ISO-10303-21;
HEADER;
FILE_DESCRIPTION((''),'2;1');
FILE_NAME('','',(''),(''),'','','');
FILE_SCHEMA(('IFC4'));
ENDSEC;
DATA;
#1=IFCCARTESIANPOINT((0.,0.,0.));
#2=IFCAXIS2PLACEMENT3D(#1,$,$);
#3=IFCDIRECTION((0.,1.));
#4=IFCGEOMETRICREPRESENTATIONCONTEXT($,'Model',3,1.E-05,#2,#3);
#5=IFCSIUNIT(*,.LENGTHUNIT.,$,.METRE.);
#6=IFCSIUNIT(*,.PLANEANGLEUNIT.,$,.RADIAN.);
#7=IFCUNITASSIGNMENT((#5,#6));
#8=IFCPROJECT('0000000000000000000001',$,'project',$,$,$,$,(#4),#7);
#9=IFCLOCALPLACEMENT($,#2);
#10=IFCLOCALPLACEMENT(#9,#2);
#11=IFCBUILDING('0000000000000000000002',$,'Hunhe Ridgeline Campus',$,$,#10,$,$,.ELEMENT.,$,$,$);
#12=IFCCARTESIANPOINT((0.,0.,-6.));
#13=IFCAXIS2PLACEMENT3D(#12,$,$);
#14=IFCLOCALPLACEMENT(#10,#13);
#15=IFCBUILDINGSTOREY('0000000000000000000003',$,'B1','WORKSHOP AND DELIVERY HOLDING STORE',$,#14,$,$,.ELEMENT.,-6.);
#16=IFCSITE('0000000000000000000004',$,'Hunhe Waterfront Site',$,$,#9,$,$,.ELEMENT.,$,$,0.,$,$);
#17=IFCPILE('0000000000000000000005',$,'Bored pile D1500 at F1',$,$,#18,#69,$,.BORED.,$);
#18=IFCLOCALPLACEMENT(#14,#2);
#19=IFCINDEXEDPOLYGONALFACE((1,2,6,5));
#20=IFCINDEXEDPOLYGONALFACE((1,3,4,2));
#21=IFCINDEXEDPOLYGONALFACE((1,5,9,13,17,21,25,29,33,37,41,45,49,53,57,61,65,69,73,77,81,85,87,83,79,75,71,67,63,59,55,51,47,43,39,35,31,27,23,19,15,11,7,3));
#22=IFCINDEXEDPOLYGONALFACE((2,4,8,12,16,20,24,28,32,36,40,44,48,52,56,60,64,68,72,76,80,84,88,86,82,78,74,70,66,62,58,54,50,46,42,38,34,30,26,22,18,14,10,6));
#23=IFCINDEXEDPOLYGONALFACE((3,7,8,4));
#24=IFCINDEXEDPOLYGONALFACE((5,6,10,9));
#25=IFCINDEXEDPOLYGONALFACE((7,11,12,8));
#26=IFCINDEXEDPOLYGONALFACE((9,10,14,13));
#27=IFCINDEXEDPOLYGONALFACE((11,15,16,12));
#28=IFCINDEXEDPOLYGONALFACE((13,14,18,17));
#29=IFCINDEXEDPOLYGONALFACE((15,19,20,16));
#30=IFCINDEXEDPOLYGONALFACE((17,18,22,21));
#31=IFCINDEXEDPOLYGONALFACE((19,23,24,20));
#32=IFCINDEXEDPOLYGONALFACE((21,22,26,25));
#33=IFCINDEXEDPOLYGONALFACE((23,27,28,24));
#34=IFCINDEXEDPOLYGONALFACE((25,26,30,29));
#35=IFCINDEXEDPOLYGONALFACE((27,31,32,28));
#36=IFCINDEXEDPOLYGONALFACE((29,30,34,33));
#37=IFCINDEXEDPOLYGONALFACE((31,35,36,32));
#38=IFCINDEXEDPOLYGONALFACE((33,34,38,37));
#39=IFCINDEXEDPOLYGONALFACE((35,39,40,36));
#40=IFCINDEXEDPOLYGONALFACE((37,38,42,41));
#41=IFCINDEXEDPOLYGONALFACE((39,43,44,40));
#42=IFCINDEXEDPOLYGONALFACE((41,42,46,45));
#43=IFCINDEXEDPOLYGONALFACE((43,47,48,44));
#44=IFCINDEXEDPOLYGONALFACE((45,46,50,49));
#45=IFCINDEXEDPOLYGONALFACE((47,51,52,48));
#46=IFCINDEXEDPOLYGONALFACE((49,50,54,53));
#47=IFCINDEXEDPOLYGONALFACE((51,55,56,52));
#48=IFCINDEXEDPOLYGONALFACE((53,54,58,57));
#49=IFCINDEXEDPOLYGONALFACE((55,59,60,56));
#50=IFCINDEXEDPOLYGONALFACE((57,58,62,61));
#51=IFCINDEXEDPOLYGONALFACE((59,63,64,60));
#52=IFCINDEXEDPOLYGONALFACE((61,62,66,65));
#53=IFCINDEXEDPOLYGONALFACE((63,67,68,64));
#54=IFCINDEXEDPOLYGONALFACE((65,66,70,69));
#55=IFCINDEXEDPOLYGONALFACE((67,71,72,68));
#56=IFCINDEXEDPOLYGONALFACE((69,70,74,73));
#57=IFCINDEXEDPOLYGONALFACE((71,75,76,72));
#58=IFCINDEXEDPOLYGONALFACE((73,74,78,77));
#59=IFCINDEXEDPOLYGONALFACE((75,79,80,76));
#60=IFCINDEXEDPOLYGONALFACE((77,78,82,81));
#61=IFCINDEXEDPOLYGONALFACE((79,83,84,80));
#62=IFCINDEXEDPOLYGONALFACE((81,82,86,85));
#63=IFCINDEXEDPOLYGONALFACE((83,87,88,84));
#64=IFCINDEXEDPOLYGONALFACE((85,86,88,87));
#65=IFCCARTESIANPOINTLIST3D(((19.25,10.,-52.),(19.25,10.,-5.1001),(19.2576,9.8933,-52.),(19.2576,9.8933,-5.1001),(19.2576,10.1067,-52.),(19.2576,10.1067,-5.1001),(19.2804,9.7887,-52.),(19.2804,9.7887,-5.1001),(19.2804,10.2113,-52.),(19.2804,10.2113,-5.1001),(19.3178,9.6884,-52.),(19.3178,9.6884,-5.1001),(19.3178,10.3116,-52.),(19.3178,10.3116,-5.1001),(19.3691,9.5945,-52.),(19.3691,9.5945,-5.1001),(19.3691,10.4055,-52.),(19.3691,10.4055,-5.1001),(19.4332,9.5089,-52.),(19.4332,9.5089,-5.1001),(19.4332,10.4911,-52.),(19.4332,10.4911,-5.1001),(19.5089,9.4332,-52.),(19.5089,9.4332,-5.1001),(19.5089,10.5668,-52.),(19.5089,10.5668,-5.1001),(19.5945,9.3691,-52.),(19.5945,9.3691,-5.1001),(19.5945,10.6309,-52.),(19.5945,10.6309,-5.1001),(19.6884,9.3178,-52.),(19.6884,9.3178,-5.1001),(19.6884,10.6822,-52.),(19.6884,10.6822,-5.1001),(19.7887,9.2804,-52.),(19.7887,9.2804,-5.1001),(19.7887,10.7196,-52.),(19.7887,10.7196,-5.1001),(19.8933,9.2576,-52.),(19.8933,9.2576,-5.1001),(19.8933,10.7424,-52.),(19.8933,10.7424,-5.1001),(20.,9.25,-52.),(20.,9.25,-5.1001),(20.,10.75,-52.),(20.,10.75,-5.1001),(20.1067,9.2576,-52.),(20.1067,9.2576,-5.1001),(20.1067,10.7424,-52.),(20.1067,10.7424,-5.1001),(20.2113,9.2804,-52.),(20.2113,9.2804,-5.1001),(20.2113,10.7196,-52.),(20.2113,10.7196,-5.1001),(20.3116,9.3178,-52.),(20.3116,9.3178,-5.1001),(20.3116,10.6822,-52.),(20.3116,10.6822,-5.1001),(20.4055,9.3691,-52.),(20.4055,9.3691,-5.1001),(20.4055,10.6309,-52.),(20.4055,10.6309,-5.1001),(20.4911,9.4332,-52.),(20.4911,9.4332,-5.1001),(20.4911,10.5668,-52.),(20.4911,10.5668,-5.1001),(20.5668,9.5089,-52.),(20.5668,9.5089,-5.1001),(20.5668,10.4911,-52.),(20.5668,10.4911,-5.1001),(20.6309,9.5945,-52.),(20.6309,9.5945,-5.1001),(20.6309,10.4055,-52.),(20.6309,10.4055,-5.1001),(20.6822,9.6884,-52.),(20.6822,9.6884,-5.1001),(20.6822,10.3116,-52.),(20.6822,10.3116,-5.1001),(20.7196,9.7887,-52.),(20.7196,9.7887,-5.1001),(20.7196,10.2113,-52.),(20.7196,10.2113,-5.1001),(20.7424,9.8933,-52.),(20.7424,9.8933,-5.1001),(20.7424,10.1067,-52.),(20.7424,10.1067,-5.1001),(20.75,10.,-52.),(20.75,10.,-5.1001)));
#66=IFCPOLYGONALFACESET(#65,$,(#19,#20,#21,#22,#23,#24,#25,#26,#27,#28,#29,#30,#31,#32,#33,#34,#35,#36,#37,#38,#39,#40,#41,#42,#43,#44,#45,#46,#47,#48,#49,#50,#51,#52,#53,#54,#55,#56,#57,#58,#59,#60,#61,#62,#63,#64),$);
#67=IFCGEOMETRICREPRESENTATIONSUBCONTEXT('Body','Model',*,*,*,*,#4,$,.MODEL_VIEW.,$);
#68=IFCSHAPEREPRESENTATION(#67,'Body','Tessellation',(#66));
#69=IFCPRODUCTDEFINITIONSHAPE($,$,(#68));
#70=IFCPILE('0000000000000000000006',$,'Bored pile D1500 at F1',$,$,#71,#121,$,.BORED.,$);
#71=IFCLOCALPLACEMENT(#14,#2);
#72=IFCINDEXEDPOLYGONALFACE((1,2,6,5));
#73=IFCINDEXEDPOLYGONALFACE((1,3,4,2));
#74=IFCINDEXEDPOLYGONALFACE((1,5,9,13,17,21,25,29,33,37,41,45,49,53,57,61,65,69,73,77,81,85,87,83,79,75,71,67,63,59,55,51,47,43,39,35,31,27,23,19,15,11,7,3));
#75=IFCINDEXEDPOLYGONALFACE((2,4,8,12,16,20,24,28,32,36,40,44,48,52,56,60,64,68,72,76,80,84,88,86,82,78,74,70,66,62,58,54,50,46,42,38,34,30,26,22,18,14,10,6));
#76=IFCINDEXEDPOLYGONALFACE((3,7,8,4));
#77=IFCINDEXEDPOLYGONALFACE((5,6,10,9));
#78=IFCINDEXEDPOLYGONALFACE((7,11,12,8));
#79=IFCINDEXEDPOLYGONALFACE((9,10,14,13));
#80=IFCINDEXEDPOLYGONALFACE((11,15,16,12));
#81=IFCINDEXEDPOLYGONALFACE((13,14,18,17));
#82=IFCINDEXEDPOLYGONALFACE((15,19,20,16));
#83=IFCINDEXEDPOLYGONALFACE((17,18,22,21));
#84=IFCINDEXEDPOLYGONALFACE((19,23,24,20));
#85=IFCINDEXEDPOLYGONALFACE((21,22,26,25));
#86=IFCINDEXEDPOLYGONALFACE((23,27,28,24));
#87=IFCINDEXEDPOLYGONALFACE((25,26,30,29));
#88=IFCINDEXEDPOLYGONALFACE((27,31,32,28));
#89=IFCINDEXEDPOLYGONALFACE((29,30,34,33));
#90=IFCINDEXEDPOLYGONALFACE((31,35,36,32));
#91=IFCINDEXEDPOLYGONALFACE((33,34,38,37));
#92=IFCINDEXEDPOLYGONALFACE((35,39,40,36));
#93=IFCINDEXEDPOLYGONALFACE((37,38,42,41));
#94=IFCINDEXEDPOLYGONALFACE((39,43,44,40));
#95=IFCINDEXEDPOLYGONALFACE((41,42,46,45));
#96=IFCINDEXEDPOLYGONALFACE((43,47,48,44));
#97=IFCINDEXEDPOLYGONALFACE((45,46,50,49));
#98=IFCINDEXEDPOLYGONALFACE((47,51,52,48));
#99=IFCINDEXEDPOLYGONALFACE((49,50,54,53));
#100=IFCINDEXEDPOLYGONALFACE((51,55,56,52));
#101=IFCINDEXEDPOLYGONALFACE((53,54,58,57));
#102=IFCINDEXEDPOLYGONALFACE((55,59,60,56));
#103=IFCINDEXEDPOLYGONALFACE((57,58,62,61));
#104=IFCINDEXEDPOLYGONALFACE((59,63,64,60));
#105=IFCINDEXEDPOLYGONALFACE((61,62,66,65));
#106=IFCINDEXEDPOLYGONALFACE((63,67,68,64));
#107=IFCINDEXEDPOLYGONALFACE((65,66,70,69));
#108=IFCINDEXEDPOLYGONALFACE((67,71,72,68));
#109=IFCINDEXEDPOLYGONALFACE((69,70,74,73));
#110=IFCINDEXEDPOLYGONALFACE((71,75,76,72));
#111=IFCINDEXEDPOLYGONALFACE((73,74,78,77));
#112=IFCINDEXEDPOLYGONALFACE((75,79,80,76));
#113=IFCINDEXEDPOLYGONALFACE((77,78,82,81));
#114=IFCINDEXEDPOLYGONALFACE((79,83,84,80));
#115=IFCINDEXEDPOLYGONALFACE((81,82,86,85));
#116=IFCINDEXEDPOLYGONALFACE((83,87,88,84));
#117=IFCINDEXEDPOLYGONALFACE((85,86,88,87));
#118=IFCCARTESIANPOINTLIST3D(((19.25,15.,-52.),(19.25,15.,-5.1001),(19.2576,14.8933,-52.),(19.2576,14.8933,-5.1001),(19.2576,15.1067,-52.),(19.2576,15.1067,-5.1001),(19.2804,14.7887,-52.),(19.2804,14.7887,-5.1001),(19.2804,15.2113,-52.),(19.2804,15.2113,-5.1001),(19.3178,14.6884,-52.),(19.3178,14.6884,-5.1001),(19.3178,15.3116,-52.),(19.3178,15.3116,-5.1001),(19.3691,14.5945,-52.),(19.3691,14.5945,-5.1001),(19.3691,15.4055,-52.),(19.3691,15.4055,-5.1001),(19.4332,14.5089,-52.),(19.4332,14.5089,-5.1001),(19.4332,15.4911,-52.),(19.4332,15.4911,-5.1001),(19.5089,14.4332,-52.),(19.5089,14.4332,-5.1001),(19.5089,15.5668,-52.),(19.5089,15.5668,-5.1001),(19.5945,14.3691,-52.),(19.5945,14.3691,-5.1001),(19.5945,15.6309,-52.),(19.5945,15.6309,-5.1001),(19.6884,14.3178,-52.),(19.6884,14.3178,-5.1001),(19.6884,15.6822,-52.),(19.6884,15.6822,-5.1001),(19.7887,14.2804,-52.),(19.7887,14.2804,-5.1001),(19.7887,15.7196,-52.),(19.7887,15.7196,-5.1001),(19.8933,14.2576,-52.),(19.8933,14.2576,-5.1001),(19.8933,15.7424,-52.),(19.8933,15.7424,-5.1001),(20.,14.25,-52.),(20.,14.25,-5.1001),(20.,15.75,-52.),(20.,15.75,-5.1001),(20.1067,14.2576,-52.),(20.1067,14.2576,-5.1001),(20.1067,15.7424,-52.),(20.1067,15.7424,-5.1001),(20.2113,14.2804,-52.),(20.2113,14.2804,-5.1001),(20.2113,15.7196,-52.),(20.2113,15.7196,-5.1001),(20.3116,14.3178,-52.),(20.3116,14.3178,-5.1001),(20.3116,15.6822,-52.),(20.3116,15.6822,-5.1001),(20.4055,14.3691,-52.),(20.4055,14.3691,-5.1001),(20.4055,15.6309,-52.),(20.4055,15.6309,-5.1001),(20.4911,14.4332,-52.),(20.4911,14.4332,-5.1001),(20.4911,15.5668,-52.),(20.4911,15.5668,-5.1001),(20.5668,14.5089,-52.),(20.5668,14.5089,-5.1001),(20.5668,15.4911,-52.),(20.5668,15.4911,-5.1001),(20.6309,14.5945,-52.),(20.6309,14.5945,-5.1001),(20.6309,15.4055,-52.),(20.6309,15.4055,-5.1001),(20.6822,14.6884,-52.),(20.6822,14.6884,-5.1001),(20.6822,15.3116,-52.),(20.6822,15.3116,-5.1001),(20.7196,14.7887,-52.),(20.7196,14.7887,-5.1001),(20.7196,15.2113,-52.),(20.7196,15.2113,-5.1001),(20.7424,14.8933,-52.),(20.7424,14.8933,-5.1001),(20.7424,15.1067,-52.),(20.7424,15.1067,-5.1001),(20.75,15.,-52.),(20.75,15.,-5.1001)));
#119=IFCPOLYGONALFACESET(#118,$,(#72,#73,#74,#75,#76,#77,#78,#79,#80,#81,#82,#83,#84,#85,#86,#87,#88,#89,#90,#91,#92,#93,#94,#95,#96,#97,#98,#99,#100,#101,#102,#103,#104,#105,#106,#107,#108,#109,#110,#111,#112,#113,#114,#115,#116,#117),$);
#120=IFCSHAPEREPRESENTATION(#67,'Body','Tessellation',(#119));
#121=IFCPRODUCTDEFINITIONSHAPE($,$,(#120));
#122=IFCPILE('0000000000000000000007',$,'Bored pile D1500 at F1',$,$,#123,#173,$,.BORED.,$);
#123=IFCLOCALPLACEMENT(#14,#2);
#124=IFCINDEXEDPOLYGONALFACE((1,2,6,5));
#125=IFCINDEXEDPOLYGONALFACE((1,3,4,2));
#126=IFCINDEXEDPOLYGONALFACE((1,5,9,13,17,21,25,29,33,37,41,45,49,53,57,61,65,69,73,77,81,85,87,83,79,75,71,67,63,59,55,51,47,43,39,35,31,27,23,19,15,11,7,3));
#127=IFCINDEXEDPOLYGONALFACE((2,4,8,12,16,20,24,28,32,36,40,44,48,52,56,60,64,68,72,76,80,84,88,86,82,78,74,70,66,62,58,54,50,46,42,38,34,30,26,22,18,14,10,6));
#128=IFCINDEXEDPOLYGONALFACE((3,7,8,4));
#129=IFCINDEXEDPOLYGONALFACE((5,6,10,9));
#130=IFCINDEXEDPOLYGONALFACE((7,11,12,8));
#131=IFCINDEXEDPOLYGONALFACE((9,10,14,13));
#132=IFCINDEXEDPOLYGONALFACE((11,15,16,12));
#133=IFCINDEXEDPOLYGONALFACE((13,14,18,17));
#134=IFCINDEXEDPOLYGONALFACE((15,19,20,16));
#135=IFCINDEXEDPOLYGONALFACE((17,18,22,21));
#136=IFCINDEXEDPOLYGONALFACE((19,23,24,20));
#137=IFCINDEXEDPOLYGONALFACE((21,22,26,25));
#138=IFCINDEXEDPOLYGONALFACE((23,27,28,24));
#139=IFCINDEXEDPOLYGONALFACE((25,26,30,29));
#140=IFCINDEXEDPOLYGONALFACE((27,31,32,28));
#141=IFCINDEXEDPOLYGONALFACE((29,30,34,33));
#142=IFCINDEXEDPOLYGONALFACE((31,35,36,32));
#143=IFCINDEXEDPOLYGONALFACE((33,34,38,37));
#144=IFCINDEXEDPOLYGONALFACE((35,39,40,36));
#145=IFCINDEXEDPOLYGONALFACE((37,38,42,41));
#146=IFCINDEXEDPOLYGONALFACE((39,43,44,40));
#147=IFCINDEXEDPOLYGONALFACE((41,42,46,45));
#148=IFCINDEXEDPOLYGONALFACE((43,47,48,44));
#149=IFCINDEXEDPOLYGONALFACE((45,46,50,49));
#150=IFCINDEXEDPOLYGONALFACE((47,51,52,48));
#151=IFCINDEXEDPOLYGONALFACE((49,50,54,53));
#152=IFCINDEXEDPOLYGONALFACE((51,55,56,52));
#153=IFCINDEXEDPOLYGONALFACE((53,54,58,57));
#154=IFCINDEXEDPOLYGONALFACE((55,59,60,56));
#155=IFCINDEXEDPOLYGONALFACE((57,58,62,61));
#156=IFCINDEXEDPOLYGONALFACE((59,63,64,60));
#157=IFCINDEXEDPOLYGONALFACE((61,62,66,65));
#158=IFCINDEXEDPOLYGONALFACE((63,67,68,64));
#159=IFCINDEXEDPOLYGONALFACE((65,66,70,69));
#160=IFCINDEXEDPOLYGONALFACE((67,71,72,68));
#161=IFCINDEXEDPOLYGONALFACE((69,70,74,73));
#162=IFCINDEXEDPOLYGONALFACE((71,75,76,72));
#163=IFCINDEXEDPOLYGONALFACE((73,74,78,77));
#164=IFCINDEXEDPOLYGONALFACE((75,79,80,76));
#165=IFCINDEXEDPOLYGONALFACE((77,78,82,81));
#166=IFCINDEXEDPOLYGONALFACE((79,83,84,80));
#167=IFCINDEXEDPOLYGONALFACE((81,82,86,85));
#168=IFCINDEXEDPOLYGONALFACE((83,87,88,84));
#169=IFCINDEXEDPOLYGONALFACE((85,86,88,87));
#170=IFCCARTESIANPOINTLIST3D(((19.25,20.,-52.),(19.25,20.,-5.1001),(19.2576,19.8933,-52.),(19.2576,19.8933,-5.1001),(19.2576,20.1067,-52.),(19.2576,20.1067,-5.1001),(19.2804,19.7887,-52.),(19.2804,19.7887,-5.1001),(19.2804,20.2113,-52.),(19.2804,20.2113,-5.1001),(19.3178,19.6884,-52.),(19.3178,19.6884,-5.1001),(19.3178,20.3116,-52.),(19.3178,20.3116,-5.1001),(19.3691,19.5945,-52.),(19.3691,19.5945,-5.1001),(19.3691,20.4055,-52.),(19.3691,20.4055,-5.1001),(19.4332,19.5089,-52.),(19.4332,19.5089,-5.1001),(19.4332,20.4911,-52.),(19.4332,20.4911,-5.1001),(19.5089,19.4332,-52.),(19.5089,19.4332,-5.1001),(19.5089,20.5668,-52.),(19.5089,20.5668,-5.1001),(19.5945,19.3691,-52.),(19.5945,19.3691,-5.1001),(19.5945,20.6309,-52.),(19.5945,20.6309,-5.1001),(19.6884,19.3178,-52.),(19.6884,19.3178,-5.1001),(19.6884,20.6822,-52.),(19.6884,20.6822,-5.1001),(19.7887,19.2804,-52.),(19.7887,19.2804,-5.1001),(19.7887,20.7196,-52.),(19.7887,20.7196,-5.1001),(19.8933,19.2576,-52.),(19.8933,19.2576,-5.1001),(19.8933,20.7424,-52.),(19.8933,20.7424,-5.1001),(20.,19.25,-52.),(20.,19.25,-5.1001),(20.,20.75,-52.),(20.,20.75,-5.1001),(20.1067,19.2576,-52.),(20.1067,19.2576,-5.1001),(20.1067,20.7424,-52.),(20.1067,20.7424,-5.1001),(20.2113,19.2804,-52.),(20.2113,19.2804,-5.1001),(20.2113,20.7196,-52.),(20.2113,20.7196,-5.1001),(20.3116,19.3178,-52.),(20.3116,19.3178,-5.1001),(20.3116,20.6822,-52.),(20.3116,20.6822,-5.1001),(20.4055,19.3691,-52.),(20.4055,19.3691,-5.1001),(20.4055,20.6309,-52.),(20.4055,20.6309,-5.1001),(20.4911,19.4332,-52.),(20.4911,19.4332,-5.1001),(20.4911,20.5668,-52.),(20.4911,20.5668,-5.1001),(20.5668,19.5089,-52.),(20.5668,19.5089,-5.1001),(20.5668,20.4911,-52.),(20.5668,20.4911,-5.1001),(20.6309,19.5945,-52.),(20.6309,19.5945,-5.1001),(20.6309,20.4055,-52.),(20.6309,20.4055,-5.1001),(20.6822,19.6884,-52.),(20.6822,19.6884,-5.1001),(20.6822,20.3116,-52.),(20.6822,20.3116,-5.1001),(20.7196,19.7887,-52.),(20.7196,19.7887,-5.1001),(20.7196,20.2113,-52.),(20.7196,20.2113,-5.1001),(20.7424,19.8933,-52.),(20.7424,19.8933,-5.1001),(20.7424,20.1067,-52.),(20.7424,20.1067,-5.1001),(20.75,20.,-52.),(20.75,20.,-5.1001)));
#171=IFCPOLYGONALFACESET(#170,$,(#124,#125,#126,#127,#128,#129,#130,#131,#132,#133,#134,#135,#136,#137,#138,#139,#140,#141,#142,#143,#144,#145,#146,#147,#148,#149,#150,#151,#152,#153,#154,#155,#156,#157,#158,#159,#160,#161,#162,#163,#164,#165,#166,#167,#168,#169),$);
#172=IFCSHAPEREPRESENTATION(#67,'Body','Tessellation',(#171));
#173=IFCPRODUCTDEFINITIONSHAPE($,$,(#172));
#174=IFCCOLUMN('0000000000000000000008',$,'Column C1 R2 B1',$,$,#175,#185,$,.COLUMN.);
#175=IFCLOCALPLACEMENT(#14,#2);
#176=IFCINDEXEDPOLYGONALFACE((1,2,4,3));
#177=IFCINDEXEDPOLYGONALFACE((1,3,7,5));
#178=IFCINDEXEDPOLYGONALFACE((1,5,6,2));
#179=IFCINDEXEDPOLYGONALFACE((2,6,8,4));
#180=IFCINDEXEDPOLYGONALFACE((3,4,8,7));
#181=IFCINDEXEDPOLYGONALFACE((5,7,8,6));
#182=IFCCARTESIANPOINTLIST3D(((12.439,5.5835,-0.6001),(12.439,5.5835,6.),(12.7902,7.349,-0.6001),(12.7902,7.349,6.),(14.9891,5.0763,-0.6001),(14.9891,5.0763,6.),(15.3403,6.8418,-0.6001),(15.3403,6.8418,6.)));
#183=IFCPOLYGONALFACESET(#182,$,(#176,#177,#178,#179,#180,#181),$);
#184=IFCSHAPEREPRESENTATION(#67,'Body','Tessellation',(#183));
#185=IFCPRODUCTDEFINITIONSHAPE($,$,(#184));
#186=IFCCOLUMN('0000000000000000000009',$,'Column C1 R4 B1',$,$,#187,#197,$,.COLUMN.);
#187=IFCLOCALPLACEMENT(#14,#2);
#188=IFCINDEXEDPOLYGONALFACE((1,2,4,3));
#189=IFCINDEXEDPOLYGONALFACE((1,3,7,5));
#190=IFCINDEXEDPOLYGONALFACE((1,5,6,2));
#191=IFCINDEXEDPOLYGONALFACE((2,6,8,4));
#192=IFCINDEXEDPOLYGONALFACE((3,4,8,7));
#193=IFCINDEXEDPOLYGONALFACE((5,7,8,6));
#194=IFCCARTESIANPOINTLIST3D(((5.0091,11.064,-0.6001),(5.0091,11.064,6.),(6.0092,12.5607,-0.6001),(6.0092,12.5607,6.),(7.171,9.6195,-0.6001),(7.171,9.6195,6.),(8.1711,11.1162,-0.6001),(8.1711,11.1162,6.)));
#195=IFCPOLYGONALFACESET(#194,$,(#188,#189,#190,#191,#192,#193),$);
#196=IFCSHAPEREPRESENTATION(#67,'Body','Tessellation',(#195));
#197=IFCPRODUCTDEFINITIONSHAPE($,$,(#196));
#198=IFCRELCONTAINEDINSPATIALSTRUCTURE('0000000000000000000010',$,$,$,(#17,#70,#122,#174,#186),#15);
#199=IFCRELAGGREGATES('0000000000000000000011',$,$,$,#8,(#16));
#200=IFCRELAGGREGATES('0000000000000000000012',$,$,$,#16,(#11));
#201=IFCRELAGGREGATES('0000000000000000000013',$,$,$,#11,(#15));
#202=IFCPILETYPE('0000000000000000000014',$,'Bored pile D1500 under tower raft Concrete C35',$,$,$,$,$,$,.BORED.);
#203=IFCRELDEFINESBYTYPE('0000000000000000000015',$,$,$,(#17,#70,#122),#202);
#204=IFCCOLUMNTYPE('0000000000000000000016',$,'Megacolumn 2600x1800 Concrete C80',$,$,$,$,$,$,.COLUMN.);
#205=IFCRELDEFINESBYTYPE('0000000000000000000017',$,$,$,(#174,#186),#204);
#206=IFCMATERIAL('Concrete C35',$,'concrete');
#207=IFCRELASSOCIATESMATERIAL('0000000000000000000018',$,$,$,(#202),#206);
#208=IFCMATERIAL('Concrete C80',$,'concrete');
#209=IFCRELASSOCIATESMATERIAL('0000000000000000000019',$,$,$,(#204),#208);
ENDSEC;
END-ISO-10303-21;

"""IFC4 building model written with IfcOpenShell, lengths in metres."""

from ifc_helpers import new_model, si_unit, direction, frame, origin, origin_2d, place, context, subcontext, project, spatial, rectangle, circle, extrude, material, material_profile, profile_set, type_object, element, save


model = new_model("IFC4")

# Units and contexts
model_context = context("Model", 3, precision=1e-05, world=origin(), true_north=direction((0.0, 1.0)))
body_context = subcontext(model_context, "Body", "Model", "MODEL_VIEW")
ifc_project = project(units=[si_unit("LENGTHUNIT", "METRE"), si_unit("PLANEANGLEUNIT", "RADIAN")], contexts=[model_context])

# Site, building, storey
site_placement = place(None, origin())
site = spatial("IfcSite", under=ifc_project, at=site_placement, Name="Hunhe Waterfront Site", CompositionType="ELEMENT", RefElevation=0.0)
building_placement = place(site_placement, origin())
building = spatial("IfcBuilding", under=site, at=building_placement, Name="Hunhe Ridgeline Campus", CompositionType="ELEMENT")
storey_placement = place(building_placement, frame((0.0, 0.0, -6.0)))
storey = spatial("IfcBuildingStorey", under=building, at=storey_placement, Name="B1", Description="WORKSHOP AND DELIVERY HOLDING STORE", CompositionType="ELEMENT", Elevation=-6.0)

# Piles
ifc_material_1 = material(Name="Concrete C35", Category="concrete")
ifc_material_profile_1 = material_profile(ifc_material_1, circle(Radius=0.75, at=origin_2d()))
ifc_profile_set_1 = profile_set([ifc_material_profile_1], Name="Concrete C35")
pile_type = type_object("IfcPileType", Name="Bored pile D1500 under tower raft Concrete C35", PredefinedType="BORED", material=ifc_profile_set_1)
for number, where, z_axis, x_axis, name in (
    (1, (20.0, 10.0, -5.1001), (0.0, 0.0, -1.0), (1.0, 0.0, 0.0), "Bored pile D1500 at F1"),
    (2, (20.0, 15.0, -5.1001), (0.0, 0.0, -1.0), (1.0, 0.0, 0.0), "Bored pile D1500 at F1"),
    (3, (20.0, 20.0, -5.1001), (0.0, 0.0, -1.0), (1.0, 0.0, 0.0), "Bored pile D1500 at F1"),
):
    element("IfcPile", number, at=place(storey_placement, frame(where, z_axis=z_axis, x_axis=x_axis)), inside=storey, type_object=pile_type, Name=name, PredefinedType="BORED", context=body_context, shape_type="SweptSolid", body=[
        extrude(circle(Radius=0.75, at=origin_2d()), origin(), (0.0, 0.0, 1.0), 46.8999),
    ])

# Columns
ifc_material_2 = material(Name="Concrete C80", Category="concrete")
ifc_material_profile_2 = material_profile(ifc_material_2, rectangle(XDim=2.6001, YDim=1.8, at=origin_2d()))
ifc_profile_set_2 = profile_set([ifc_material_profile_2], Name="Concrete C80")
column_type_1 = type_object("IfcColumnType", Name="Megacolumn 2600x1800 Concrete C80", PredefinedType="COLUMN", material=ifc_profile_set_2)
for number, where, z_axis, x_axis, name in (
    (4, (13.8896, 6.2126, -0.6001), (0.0, 0.0, 1.0), (-0.980785, 0.19509, 0.0), "Column C1 R2 B1"),
    (5, (6.5901, 11.0901, -0.6001), (0.0, 0.0, 1.0), (-0.83147, 0.55557, 0.0), "Column C1 R4 B1"),
):
    element("IfcColumn", number, at=place(storey_placement, frame(where, z_axis=z_axis, x_axis=x_axis)), inside=storey, type_object=column_type_1, Name=name, PredefinedType="COLUMN", context=body_context, shape_type="SweptSolid", body=[
        extrude(rectangle(XDim=2.6001, YDim=1.8, at=origin_2d()), origin(), (0.0, 0.0, 1.0), 6.6001),
    ])

save(model, "model.ifc")
